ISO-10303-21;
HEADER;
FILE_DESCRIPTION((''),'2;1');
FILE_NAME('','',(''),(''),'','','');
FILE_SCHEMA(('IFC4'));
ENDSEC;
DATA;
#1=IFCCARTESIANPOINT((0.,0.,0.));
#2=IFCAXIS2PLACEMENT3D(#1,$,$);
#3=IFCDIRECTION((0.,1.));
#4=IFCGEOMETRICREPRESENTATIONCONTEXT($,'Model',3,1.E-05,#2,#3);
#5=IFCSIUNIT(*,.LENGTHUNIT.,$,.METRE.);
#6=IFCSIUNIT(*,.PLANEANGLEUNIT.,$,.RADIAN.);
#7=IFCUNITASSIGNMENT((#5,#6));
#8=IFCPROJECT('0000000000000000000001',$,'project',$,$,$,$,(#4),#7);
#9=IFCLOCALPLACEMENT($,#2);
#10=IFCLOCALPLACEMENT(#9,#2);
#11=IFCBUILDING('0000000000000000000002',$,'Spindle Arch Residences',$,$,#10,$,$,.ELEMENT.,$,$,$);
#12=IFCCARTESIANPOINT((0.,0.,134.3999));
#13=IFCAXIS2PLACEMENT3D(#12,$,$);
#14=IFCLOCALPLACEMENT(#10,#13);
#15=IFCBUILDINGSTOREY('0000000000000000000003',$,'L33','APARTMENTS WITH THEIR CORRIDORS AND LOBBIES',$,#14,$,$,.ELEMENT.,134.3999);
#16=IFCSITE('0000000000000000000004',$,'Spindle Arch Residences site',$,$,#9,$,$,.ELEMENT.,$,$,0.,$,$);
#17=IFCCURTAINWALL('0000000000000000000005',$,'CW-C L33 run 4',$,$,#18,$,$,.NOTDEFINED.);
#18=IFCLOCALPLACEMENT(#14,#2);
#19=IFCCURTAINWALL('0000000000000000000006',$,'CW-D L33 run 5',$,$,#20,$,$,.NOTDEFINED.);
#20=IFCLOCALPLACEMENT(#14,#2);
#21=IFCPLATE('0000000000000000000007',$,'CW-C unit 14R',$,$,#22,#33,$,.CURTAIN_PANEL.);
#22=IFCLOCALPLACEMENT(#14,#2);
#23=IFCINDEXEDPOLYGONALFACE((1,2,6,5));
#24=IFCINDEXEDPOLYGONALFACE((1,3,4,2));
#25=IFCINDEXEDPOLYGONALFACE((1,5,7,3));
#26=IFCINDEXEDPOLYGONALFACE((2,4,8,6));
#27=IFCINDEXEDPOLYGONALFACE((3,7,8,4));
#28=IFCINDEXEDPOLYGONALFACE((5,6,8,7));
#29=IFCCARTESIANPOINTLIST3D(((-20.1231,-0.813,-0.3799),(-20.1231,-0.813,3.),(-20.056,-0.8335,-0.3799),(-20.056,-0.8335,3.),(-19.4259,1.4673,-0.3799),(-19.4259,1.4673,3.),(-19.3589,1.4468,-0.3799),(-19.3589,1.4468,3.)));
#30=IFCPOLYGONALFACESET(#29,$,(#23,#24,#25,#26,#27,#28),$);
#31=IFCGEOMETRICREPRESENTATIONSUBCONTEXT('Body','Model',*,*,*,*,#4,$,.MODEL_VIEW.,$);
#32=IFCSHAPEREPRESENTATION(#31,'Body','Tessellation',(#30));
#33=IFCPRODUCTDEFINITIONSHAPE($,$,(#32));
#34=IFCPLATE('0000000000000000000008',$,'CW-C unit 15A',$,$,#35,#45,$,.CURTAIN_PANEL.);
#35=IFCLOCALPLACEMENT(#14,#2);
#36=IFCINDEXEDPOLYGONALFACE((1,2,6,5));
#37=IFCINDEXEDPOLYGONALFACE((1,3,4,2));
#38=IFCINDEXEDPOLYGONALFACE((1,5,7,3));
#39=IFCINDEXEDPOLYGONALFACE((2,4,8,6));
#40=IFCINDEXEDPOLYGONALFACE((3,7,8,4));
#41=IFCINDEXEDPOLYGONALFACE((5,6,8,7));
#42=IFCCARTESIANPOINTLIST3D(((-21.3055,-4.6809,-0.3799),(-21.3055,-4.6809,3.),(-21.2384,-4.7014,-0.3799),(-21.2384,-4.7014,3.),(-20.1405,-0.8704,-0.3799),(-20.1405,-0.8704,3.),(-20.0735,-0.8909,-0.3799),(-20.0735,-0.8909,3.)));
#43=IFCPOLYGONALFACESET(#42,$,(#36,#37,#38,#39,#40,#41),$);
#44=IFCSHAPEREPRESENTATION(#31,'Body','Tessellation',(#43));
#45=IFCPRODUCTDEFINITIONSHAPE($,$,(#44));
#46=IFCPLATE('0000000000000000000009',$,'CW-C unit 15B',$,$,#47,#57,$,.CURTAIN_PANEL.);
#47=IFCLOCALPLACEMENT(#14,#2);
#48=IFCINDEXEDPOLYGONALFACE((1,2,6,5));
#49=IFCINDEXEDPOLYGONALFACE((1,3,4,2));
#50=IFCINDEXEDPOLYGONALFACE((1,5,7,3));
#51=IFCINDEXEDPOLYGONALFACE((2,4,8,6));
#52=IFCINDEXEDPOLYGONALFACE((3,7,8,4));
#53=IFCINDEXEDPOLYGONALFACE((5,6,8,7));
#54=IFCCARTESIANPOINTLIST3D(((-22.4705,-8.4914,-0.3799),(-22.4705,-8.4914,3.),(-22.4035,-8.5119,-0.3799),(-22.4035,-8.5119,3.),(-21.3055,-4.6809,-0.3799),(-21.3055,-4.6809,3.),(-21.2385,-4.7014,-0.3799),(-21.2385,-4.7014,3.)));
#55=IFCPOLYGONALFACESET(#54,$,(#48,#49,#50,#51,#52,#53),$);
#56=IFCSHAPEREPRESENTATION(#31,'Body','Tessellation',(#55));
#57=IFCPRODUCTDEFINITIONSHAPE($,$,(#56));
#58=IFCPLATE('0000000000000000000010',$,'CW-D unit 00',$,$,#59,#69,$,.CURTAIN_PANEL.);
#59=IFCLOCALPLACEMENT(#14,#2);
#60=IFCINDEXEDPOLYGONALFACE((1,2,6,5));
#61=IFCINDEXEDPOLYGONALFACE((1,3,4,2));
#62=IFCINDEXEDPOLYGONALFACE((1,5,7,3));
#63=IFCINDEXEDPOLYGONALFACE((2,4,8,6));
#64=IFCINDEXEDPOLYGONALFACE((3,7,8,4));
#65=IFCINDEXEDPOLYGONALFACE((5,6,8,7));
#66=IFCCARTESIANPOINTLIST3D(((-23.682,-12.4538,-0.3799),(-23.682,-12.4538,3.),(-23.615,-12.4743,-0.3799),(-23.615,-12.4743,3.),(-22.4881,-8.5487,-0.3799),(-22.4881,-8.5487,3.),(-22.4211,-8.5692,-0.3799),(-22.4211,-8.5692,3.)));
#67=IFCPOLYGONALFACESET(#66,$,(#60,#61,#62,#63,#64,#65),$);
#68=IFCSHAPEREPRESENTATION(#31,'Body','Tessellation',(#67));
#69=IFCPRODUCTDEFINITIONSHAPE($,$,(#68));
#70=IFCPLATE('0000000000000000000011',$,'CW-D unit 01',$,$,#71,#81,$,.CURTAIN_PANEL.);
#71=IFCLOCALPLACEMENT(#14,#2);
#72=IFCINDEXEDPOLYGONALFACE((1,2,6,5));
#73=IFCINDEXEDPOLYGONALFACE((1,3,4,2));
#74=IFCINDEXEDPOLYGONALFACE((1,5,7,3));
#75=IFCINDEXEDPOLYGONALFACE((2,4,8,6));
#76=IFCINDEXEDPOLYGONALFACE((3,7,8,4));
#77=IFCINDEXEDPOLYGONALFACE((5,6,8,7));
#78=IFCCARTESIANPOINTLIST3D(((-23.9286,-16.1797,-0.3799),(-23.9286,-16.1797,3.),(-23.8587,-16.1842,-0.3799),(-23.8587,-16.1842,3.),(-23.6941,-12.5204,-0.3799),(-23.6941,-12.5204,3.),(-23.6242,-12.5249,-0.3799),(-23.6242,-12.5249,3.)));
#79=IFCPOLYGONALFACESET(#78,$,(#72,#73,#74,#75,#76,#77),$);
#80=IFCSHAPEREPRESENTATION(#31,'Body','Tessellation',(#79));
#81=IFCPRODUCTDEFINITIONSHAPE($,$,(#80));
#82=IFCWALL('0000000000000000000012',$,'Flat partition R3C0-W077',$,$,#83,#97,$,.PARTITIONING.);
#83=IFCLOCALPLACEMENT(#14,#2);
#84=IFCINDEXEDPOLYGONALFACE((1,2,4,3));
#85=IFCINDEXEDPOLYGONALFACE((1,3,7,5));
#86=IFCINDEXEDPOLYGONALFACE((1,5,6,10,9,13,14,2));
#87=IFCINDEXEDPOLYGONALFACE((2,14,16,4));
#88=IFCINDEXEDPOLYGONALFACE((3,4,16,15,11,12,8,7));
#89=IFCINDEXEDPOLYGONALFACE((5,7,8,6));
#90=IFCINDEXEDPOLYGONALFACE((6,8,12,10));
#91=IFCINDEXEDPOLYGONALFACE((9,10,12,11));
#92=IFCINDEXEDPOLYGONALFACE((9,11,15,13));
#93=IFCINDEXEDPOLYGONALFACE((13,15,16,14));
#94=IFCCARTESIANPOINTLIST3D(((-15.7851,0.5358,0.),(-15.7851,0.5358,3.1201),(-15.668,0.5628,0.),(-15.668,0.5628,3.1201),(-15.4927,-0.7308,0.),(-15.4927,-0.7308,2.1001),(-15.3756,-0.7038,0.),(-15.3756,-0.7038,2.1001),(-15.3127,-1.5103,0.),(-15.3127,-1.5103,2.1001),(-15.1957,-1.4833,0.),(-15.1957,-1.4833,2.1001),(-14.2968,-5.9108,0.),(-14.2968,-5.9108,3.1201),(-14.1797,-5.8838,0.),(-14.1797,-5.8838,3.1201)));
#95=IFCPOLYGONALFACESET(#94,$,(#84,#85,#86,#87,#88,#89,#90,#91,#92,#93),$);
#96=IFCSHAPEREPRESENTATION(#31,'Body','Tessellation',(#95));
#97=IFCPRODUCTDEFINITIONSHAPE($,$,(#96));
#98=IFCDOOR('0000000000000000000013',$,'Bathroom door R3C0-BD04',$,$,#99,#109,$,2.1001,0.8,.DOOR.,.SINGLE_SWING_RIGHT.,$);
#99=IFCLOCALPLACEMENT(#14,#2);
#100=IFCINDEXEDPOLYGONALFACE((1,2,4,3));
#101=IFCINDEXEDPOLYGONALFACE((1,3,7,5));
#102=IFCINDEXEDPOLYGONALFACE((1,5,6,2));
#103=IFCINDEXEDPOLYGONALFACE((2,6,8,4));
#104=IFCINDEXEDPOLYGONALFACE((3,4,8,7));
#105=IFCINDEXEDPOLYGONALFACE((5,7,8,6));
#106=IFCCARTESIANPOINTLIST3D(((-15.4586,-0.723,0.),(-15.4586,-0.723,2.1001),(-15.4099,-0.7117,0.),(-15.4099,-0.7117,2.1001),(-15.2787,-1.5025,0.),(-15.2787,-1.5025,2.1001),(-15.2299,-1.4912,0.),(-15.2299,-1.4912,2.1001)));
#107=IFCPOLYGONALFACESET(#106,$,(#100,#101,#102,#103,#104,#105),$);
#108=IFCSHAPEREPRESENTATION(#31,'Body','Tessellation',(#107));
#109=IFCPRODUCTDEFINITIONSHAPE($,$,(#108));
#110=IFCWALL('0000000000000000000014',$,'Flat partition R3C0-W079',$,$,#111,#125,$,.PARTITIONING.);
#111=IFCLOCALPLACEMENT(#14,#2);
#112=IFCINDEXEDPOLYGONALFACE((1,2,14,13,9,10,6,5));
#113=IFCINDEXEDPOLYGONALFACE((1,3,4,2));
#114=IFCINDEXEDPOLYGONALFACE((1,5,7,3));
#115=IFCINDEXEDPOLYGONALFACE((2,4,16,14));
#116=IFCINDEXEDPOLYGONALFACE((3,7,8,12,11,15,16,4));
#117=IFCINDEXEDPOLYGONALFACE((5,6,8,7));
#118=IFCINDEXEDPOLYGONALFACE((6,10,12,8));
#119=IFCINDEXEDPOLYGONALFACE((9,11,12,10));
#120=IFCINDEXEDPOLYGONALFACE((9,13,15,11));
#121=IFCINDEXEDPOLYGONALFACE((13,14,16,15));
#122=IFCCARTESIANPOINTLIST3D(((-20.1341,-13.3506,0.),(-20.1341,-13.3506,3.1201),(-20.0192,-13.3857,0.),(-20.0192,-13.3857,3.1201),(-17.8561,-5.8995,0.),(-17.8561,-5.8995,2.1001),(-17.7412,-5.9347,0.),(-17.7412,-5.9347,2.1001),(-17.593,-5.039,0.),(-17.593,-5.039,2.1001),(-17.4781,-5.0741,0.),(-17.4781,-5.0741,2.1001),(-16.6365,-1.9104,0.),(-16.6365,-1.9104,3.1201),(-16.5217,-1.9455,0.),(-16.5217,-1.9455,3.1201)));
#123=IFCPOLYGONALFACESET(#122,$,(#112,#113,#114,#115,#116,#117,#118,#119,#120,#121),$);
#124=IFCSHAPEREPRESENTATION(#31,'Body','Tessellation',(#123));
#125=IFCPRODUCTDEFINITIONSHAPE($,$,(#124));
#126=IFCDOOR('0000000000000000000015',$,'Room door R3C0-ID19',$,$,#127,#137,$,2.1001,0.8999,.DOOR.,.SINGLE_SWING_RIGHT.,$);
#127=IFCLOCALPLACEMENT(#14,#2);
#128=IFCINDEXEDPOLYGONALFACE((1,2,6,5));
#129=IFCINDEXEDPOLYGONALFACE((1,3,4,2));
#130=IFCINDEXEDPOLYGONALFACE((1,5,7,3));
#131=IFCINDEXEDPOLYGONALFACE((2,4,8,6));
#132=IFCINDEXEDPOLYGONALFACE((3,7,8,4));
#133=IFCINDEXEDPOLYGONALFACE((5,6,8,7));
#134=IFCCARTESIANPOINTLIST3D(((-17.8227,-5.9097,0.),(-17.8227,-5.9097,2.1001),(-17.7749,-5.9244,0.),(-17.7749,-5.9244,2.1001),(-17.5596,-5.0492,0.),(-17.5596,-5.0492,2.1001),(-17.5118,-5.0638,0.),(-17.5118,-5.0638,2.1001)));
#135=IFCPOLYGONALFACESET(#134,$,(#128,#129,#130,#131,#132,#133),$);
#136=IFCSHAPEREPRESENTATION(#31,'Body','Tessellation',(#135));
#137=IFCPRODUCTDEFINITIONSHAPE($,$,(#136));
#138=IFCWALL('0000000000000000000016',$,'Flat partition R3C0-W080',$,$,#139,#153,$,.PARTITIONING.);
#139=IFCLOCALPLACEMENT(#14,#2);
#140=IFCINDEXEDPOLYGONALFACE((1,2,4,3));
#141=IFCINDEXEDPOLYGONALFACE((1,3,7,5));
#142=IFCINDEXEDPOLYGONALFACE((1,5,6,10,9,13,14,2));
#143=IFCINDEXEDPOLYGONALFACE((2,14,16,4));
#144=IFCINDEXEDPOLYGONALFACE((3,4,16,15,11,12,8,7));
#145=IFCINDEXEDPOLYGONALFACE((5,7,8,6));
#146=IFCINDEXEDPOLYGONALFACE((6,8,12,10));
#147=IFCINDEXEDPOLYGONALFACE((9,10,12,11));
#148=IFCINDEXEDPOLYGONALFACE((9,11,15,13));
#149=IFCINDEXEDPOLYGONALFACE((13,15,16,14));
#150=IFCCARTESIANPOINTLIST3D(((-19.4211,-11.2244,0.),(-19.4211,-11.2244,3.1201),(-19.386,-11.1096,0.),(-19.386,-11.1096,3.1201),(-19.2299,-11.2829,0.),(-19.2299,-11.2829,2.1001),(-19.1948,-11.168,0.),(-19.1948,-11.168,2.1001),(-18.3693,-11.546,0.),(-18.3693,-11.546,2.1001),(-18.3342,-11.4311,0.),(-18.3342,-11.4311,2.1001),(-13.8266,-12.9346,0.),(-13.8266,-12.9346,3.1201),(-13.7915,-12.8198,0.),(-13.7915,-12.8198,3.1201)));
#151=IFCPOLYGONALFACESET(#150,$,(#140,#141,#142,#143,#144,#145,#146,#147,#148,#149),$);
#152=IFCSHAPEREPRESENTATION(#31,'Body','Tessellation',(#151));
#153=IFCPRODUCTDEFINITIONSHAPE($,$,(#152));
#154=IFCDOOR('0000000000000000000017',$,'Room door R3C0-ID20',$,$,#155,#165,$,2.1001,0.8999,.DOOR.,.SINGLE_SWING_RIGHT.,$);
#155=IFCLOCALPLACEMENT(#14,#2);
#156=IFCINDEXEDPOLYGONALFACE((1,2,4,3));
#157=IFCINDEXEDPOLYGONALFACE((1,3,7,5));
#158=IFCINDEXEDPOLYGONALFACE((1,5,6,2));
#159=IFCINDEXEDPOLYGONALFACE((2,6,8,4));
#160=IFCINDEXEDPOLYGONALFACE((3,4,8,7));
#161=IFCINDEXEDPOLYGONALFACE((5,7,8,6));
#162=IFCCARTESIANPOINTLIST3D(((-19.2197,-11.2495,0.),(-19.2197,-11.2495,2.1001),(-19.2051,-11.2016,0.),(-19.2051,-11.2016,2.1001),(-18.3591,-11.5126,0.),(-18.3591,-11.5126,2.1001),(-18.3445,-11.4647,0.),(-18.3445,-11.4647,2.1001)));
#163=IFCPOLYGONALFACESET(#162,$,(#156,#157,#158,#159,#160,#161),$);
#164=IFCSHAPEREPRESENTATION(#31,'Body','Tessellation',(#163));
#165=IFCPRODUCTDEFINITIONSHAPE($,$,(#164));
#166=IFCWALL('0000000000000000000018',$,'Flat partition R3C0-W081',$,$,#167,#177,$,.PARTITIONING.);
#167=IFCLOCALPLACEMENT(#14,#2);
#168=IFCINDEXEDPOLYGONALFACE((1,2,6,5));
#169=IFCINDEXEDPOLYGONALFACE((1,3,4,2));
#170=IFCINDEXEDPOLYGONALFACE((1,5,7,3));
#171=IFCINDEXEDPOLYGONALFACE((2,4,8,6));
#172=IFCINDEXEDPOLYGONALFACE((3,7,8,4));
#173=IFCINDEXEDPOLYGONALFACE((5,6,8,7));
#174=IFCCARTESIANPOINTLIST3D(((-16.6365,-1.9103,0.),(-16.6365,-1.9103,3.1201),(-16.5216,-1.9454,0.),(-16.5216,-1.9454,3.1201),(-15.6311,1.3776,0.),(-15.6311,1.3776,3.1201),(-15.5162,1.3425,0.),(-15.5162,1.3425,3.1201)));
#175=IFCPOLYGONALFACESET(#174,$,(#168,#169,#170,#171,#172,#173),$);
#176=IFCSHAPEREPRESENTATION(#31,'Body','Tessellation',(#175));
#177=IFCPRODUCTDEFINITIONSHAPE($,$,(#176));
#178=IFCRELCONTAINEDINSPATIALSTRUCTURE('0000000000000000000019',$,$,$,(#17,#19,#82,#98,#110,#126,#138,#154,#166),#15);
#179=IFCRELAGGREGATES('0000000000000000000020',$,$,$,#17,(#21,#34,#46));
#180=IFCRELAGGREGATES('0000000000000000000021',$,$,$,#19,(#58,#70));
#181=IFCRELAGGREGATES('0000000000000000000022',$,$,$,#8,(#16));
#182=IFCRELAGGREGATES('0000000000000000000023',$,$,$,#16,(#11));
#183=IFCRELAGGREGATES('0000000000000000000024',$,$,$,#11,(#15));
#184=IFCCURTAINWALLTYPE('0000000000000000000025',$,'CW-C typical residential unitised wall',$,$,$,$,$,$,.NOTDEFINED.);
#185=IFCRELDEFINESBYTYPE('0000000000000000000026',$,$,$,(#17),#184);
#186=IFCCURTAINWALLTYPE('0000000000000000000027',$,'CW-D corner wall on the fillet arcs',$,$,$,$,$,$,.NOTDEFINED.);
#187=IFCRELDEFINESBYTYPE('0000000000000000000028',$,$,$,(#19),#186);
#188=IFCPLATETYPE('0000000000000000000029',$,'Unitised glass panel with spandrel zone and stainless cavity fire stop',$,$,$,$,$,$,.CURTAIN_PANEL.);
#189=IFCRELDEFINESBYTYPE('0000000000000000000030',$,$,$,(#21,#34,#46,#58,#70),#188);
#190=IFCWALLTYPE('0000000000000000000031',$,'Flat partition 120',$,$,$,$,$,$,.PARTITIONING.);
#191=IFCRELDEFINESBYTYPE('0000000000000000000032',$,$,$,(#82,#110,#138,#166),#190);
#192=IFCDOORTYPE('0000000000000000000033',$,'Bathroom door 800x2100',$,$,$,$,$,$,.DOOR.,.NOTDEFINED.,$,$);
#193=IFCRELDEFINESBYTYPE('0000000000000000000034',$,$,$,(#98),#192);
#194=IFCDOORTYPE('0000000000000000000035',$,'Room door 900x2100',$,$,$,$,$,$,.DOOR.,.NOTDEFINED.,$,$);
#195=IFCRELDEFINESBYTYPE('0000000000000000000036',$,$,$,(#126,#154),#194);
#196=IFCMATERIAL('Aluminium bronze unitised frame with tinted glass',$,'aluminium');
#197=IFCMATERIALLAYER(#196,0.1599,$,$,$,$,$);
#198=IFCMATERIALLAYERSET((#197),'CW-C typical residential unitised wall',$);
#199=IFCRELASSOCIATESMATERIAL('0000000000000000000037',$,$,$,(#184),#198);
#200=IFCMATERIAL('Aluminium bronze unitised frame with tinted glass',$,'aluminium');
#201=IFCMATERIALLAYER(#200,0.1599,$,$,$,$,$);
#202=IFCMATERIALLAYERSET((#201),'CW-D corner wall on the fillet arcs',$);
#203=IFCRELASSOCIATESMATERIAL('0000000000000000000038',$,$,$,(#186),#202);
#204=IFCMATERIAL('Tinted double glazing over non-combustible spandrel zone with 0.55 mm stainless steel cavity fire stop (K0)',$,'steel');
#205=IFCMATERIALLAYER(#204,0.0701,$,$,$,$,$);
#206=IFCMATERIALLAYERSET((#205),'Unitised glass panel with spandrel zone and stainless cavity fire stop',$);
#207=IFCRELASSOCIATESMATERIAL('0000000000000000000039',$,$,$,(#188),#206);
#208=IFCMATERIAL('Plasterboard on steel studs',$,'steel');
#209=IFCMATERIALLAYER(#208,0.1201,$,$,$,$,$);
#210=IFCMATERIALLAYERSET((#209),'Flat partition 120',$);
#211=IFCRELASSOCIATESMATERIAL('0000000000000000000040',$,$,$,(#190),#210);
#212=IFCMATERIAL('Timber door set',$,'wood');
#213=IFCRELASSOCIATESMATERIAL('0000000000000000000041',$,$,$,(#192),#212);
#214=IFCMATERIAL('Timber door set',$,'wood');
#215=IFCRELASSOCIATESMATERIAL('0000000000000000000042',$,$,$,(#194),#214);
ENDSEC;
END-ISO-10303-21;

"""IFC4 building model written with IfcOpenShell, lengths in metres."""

from ifc_helpers import new_model, si_unit, direction, frame, frame_2d, origin, origin_2d, place, context, subcontext, project, spatial, rectangle, extrude, material, layer, layer_set, type_object, element, fill, aggregate, save


model = new_model("IFC4")

# Units and contexts
model_context = context("Model", 3, precision=1e-05, world=origin(), true_north=direction((0.0, 1.0)))
body_context = subcontext(model_context, "Body", "Model", "MODEL_VIEW")
ifc_project = project(units=[si_unit("LENGTHUNIT", "METRE"), si_unit("PLANEANGLEUNIT", "RADIAN")], contexts=[model_context])

# Site, building, storey
site_placement = place(None, origin())
site = spatial("IfcSite", under=ifc_project, at=site_placement, Name="Spindle Arch Residences site", CompositionType="ELEMENT", RefElevation=0.0)
building_placement = place(site_placement, origin())
building = spatial("IfcBuilding", under=site, at=building_placement, Name="Spindle Arch Residences", CompositionType="ELEMENT")
storey_placement = place(building_placement, frame((0.0, 0.0, 134.3999)))
storey = spatial("IfcBuildingStorey", under=building, at=storey_placement, Name="L33", Description="APARTMENTS WITH THEIR CORRIDORS AND LOBBIES", CompositionType="ELEMENT", Elevation=134.3999)

# Curtain wall
ifc_material_1 = material(Name="Aluminium bronze unitised frame with tinted glass", Category="aluminium")
ifc_layer_1 = layer(ifc_material_1, 0.1599)
ifc_layer_set_1 = layer_set([ifc_layer_1], Name="CW-C typical residential unitised wall")
curtain_wall_type_1 = type_object("IfcCurtainWallType", Name="CW-C typical residential unitised wall", PredefinedType="NOTDEFINED", material=ifc_layer_set_1)
curtain_wall_1_placement = place(storey_placement, origin())
curtain_wall_1 = element("IfcCurtainWall", 1, at=curtain_wall_1_placement, inside=storey, type_object=curtain_wall_type_1, Name="CW-C L33 run 4", PredefinedType="NOTDEFINED")

# Curtain wall
ifc_material_2 = material(Name="Aluminium bronze unitised frame with tinted glass", Category="aluminium")
ifc_layer_2 = layer(ifc_material_2, 0.1599)
ifc_layer_set_2 = layer_set([ifc_layer_2], Name="CW-D corner wall on the fillet arcs")
curtain_wall_type_2 = type_object("IfcCurtainWallType", Name="CW-D corner wall on the fillet arcs", PredefinedType="NOTDEFINED", material=ifc_layer_set_2)
curtain_wall_2_placement = place(storey_placement, origin())
curtain_wall_2 = element("IfcCurtainWall", 2, at=curtain_wall_2_placement, inside=storey, type_object=curtain_wall_type_2, Name="CW-D L33 run 5", PredefinedType="NOTDEFINED")

# Plates
ifc_material_3 = material(Name="Tinted double glazing over non-combustible spandrel zone with 0.55 mm stainless steel cavity fire stop (K0)", Category="steel")
ifc_layer_3 = layer(ifc_material_3, 0.0701)
ifc_layer_set_3 = layer_set([ifc_layer_3], Name="Unitised glass panel with spandrel zone and stainless cavity fire stop")
plate_type = type_object("IfcPlateType", Name="Unitised glass panel with spandrel zone and stainless cavity fire stop", PredefinedType="CURTAIN_PANEL", material=ifc_layer_set_3)
plate_1_placement = place(storey_placement, frame((-19.741, 0.3169, -0.3799), z_axis=(0.0, 0.0, 1.0), x_axis=(-0.292372, -0.956305, 0.0)))
plate_1 = element("IfcPlate", 3, at=plate_1_placement, type_object=plate_type, Name="CW-C unit 14R", PredefinedType="CURTAIN_PANEL", context=body_context, shape_type="SweptSolid", body=[
    extrude(rectangle(XDim=2.3845, YDim=0.0701, at=origin_2d()), origin(), (0.0, 0.0, 1.0), 3.3799),
])
plate_2_placement = place(storey_placement, frame((-20.6895, -2.7859, -0.3799), z_axis=(0.0, 0.0, 1.0), x_axis=(-0.292372, -0.956305, 0.0)))
plate_2 = element("IfcPlate", 4, at=plate_2_placement, type_object=plate_type, Name="CW-C unit 15A", PredefinedType="CURTAIN_PANEL", context=body_context, shape_type="SweptSolid", body=[
    extrude(rectangle(XDim=3.9846, YDim=0.0701, at=origin_2d()), origin(), (0.0, 0.0, 1.0), 3.3799),
])
plate_3_placement = place(storey_placement, frame((-21.8545, -6.5964, -0.3799), z_axis=(0.0, 0.0, 1.0), x_axis=(-0.292372, -0.956305, 0.0)))
plate_3 = element("IfcPlate", 5, at=plate_3_placement, type_object=plate_type, Name="CW-C unit 15B", PredefinedType="CURTAIN_PANEL", context=body_context, shape_type="SweptSolid", body=[
    extrude(rectangle(XDim=3.9846, YDim=0.0701, at=origin_2d()), origin(), (0.0, 0.0, 1.0), 3.3799),
])
aggregate(curtain_wall_1, [plate_1, plate_2, plate_3])
plate_4_placement = place(storey_placement, frame((-23.0515, -10.5115, -0.3799), z_axis=(0.0, 0.0, 1.0), x_axis=(-0.292372, -0.956305, 0.0)))
plate_4 = element("IfcPlate", 6, at=plate_4_placement, type_object=plate_type, Name="CW-D unit 00", PredefinedType="CURTAIN_PANEL", context=body_context, shape_type="SweptSolid", body=[
    extrude(rectangle(XDim=4.0835, YDim=0.0701, at=origin_2d()), origin(), (0.0, 0.0, 1.0), 3.3799),
])
plate_5_placement = place(storey_placement, frame((-23.7764, -14.3523, -0.3799), z_axis=(0.0, 0.0, 1.0), x_axis=(-0.063952, -0.997953, 0.0)))
plate_5 = element("IfcPlate", 7, at=plate_5_placement, type_object=plate_type, Name="CW-D unit 01", PredefinedType="CURTAIN_PANEL", context=body_context, shape_type="SweptSolid", body=[
    extrude(rectangle(XDim=3.6667, YDim=0.0701, at=origin_2d()), origin(), (0.0, 0.0, 1.0), 3.3799),
])
aggregate(curtain_wall_2, [plate_4, plate_5])

# Walls, openings, doors
ifc_material_4 = material(Name="Plasterboard on steel studs", Category="steel")
ifc_layer_4 = layer(ifc_material_4, 0.1201)
ifc_layer_set_4 = layer_set([ifc_layer_4], Name="Flat partition 120")
wall_type_1 = type_object("IfcWallType", Name="Flat partition 120", PredefinedType="PARTITIONING", material=ifc_layer_set_4)
wall_1_placement = place(storey_placement, frame((-15.7266, 0.5493, 0.0), z_axis=(0.0, 0.0, 1.0), x_axis=(0.224948, -0.974371, 0.0)))
wall_1 = element("IfcWall", 8, at=wall_1_placement, inside=storey, type_object=wall_type_1, Name="Flat partition R3C0-W077", PredefinedType="PARTITIONING", context=body_context, shape_type="SweptSolid", body=[
    extrude(rectangle(XDim=6.6162, YDim=0.1201, at=frame_2d((3.3081, 0.0))), origin(), (0.0, 0.0, 1.0), 3.1201),
])
opening_1_placement = place(wall_1_placement, frame((1.3, 0.0, 0.0)))
opening_1 = element("IfcOpeningElement", 9, at=opening_1_placement, cuts=wall_1, PredefinedType="OPENING", context=body_context, shape_type="SweptSolid", body=[
    extrude(rectangle(XDim=0.8, YDim=2.1001, at=frame_2d((0.3999, 1.05))), frame((0.0, 0.0701, 0.0), z_axis=(0.0, -1.0, 0.0), x_axis=(1.0, 0.0, 0.0)), (0.0, 0.0, 1.0), 0.1401),
])
ifc_material_5 = material(Name="Timber door set", Category="wood")
door_type_1 = type_object("IfcDoorType", Name="Bathroom door 800x2100", OperationType="NOTDEFINED", PredefinedType="DOOR", material=ifc_material_5)
door_1_placement = place(opening_1_placement, origin())
door_1 = element("IfcDoor", 10, at=door_1_placement, inside=storey, type_object=door_type_1, Name="Bathroom door R3C0-BD04", OperationType="SINGLE_SWING_RIGHT", OverallHeight=2.1001, OverallWidth=0.8, PredefinedType="DOOR", context=body_context, shape_type="SweptSolid", body=[
    extrude(rectangle(XDim=0.8, YDim=2.1001, at=frame_2d((0.3999, 1.05))), frame((0.0, 0.0249, 0.0), z_axis=(0.0, -1.0, 0.0), x_axis=(1.0, 0.0, 0.0)), (0.0, 0.0, 1.0), 0.05),
])
fill(opening_1, door_1)
wall_2_placement = place(storey_placement, frame((-16.5791, -1.928, 0.0), z_axis=(0.0, 0.0, 1.0), x_axis=(-0.292367, -0.956306, 0.0)))
wall_2 = element("IfcWall", 11, at=wall_2_placement, inside=storey, type_object=wall_type_1, Name="Flat partition R3C0-W079", PredefinedType="PARTITIONING", context=body_context, shape_type="SweptSolid", body=[
    extrude(rectangle(XDim=11.9629, YDim=0.1201, at=frame_2d((5.9814, 0.0))), origin(), (0.0, 0.0, 1.0), 3.1201),
])
opening_2_placement = place(wall_2_placement, frame((3.2715, 0.0, 0.0)))
opening_2 = element("IfcOpeningElement", 12, at=opening_2_placement, cuts=wall_2, PredefinedType="OPENING", context=body_context, shape_type="SweptSolid", body=[
    extrude(rectangle(XDim=0.8999, YDim=2.1001, at=frame_2d((0.45, 1.05))), frame((0.0, 0.0701, 0.0), z_axis=(0.0, -1.0, 0.0), x_axis=(1.0, 0.0, 0.0)), (0.0, 0.0, 1.0), 0.1401),
])
ifc_material_6 = material(Name="Timber door set", Category="wood")
door_type_2 = type_object("IfcDoorType", Name="Room door 900x2100", OperationType="NOTDEFINED", PredefinedType="DOOR", material=ifc_material_6)
door_2_placement = place(opening_2_placement, origin())
door_2 = element("IfcDoor", 13, at=door_2_placement, inside=storey, type_object=door_type_2, Name="Room door R3C0-ID19", OperationType="SINGLE_SWING_RIGHT", OverallHeight=2.1001, OverallWidth=0.8999, PredefinedType="DOOR", context=body_context, shape_type="SweptSolid", body=[
    extrude(rectangle(XDim=0.8999, YDim=2.1001, at=frame_2d((0.45, 1.05))), frame((0.0, 0.0249, 0.0), z_axis=(0.0, -1.0, 0.0), x_axis=(1.0, 0.0, 0.0)), (0.0, 0.0, 1.0), 0.05),
])
fill(opening_2, door_2)
wall_3_placement = place(storey_placement, frame((-19.4036, -11.167, 0.0), z_axis=(0.0, 0.0, 1.0), x_axis=(0.956314, -0.29234, 0.0)))
wall_3 = element("IfcWall", 14, at=wall_3_placement, inside=storey, type_object=wall_type_1, Name="Flat partition R3C0-W080", PredefinedType="PARTITIONING", context=body_context, shape_type="SweptSolid", body=[
    extrude(rectangle(XDim=5.8501, YDim=0.1201, at=frame_2d((2.925, 0.0))), origin(), (0.0, 0.0, 1.0), 3.1201),
])
opening_3_placement = place(wall_3_placement, frame((0.2, 0.0, 0.0)))
opening_3 = element("IfcOpeningElement", 15, at=opening_3_placement, cuts=wall_3, PredefinedType="OPENING", context=body_context, shape_type="SweptSolid", body=[
    extrude(rectangle(XDim=0.8999, YDim=2.1001, at=frame_2d((0.45, 1.05))), frame((0.0, 0.0701, 0.0), z_axis=(0.0, -1.0, 0.0), x_axis=(1.0, 0.0, 0.0)), (0.0, 0.0, 1.0), 0.1401),
])
door_3_placement = place(opening_3_placement, origin())
door_3 = element("IfcDoor", 16, at=door_3_placement, inside=storey, type_object=door_type_2, Name="Room door R3C0-ID20", OperationType="SINGLE_SWING_RIGHT", OverallHeight=2.1001, OverallWidth=0.8999, PredefinedType="DOOR", context=body_context, shape_type="SweptSolid", body=[
    extrude(rectangle(XDim=0.8999, YDim=2.1001, at=frame_2d((0.45, 1.05))), frame((0.0, 0.0249, 0.0), z_axis=(0.0, -1.0, 0.0), x_axis=(1.0, 0.0, 0.0)), (0.0, 0.0, 1.0), 0.05),
])
fill(opening_3, door_3)

# Wall
wall_4_placement = place(storey_placement, frame((-16.5791, -1.928, 0.0), z_axis=(0.0, 0.0, 1.0), x_axis=(0.292419, 0.95629, 0.0)))
element("IfcWall", 17, at=wall_4_placement, inside=storey, type_object=wall_type_1, Name="Flat partition R3C0-W081", PredefinedType="PARTITIONING", context=body_context, shape_type="SweptSolid", body=[
    extrude(rectangle(XDim=3.4382, YDim=0.1201, at=frame_2d((1.7192, 0.0))), origin(), (0.0, 0.0, 1.0), 3.1201),
])

save(model, "model.ifc")
